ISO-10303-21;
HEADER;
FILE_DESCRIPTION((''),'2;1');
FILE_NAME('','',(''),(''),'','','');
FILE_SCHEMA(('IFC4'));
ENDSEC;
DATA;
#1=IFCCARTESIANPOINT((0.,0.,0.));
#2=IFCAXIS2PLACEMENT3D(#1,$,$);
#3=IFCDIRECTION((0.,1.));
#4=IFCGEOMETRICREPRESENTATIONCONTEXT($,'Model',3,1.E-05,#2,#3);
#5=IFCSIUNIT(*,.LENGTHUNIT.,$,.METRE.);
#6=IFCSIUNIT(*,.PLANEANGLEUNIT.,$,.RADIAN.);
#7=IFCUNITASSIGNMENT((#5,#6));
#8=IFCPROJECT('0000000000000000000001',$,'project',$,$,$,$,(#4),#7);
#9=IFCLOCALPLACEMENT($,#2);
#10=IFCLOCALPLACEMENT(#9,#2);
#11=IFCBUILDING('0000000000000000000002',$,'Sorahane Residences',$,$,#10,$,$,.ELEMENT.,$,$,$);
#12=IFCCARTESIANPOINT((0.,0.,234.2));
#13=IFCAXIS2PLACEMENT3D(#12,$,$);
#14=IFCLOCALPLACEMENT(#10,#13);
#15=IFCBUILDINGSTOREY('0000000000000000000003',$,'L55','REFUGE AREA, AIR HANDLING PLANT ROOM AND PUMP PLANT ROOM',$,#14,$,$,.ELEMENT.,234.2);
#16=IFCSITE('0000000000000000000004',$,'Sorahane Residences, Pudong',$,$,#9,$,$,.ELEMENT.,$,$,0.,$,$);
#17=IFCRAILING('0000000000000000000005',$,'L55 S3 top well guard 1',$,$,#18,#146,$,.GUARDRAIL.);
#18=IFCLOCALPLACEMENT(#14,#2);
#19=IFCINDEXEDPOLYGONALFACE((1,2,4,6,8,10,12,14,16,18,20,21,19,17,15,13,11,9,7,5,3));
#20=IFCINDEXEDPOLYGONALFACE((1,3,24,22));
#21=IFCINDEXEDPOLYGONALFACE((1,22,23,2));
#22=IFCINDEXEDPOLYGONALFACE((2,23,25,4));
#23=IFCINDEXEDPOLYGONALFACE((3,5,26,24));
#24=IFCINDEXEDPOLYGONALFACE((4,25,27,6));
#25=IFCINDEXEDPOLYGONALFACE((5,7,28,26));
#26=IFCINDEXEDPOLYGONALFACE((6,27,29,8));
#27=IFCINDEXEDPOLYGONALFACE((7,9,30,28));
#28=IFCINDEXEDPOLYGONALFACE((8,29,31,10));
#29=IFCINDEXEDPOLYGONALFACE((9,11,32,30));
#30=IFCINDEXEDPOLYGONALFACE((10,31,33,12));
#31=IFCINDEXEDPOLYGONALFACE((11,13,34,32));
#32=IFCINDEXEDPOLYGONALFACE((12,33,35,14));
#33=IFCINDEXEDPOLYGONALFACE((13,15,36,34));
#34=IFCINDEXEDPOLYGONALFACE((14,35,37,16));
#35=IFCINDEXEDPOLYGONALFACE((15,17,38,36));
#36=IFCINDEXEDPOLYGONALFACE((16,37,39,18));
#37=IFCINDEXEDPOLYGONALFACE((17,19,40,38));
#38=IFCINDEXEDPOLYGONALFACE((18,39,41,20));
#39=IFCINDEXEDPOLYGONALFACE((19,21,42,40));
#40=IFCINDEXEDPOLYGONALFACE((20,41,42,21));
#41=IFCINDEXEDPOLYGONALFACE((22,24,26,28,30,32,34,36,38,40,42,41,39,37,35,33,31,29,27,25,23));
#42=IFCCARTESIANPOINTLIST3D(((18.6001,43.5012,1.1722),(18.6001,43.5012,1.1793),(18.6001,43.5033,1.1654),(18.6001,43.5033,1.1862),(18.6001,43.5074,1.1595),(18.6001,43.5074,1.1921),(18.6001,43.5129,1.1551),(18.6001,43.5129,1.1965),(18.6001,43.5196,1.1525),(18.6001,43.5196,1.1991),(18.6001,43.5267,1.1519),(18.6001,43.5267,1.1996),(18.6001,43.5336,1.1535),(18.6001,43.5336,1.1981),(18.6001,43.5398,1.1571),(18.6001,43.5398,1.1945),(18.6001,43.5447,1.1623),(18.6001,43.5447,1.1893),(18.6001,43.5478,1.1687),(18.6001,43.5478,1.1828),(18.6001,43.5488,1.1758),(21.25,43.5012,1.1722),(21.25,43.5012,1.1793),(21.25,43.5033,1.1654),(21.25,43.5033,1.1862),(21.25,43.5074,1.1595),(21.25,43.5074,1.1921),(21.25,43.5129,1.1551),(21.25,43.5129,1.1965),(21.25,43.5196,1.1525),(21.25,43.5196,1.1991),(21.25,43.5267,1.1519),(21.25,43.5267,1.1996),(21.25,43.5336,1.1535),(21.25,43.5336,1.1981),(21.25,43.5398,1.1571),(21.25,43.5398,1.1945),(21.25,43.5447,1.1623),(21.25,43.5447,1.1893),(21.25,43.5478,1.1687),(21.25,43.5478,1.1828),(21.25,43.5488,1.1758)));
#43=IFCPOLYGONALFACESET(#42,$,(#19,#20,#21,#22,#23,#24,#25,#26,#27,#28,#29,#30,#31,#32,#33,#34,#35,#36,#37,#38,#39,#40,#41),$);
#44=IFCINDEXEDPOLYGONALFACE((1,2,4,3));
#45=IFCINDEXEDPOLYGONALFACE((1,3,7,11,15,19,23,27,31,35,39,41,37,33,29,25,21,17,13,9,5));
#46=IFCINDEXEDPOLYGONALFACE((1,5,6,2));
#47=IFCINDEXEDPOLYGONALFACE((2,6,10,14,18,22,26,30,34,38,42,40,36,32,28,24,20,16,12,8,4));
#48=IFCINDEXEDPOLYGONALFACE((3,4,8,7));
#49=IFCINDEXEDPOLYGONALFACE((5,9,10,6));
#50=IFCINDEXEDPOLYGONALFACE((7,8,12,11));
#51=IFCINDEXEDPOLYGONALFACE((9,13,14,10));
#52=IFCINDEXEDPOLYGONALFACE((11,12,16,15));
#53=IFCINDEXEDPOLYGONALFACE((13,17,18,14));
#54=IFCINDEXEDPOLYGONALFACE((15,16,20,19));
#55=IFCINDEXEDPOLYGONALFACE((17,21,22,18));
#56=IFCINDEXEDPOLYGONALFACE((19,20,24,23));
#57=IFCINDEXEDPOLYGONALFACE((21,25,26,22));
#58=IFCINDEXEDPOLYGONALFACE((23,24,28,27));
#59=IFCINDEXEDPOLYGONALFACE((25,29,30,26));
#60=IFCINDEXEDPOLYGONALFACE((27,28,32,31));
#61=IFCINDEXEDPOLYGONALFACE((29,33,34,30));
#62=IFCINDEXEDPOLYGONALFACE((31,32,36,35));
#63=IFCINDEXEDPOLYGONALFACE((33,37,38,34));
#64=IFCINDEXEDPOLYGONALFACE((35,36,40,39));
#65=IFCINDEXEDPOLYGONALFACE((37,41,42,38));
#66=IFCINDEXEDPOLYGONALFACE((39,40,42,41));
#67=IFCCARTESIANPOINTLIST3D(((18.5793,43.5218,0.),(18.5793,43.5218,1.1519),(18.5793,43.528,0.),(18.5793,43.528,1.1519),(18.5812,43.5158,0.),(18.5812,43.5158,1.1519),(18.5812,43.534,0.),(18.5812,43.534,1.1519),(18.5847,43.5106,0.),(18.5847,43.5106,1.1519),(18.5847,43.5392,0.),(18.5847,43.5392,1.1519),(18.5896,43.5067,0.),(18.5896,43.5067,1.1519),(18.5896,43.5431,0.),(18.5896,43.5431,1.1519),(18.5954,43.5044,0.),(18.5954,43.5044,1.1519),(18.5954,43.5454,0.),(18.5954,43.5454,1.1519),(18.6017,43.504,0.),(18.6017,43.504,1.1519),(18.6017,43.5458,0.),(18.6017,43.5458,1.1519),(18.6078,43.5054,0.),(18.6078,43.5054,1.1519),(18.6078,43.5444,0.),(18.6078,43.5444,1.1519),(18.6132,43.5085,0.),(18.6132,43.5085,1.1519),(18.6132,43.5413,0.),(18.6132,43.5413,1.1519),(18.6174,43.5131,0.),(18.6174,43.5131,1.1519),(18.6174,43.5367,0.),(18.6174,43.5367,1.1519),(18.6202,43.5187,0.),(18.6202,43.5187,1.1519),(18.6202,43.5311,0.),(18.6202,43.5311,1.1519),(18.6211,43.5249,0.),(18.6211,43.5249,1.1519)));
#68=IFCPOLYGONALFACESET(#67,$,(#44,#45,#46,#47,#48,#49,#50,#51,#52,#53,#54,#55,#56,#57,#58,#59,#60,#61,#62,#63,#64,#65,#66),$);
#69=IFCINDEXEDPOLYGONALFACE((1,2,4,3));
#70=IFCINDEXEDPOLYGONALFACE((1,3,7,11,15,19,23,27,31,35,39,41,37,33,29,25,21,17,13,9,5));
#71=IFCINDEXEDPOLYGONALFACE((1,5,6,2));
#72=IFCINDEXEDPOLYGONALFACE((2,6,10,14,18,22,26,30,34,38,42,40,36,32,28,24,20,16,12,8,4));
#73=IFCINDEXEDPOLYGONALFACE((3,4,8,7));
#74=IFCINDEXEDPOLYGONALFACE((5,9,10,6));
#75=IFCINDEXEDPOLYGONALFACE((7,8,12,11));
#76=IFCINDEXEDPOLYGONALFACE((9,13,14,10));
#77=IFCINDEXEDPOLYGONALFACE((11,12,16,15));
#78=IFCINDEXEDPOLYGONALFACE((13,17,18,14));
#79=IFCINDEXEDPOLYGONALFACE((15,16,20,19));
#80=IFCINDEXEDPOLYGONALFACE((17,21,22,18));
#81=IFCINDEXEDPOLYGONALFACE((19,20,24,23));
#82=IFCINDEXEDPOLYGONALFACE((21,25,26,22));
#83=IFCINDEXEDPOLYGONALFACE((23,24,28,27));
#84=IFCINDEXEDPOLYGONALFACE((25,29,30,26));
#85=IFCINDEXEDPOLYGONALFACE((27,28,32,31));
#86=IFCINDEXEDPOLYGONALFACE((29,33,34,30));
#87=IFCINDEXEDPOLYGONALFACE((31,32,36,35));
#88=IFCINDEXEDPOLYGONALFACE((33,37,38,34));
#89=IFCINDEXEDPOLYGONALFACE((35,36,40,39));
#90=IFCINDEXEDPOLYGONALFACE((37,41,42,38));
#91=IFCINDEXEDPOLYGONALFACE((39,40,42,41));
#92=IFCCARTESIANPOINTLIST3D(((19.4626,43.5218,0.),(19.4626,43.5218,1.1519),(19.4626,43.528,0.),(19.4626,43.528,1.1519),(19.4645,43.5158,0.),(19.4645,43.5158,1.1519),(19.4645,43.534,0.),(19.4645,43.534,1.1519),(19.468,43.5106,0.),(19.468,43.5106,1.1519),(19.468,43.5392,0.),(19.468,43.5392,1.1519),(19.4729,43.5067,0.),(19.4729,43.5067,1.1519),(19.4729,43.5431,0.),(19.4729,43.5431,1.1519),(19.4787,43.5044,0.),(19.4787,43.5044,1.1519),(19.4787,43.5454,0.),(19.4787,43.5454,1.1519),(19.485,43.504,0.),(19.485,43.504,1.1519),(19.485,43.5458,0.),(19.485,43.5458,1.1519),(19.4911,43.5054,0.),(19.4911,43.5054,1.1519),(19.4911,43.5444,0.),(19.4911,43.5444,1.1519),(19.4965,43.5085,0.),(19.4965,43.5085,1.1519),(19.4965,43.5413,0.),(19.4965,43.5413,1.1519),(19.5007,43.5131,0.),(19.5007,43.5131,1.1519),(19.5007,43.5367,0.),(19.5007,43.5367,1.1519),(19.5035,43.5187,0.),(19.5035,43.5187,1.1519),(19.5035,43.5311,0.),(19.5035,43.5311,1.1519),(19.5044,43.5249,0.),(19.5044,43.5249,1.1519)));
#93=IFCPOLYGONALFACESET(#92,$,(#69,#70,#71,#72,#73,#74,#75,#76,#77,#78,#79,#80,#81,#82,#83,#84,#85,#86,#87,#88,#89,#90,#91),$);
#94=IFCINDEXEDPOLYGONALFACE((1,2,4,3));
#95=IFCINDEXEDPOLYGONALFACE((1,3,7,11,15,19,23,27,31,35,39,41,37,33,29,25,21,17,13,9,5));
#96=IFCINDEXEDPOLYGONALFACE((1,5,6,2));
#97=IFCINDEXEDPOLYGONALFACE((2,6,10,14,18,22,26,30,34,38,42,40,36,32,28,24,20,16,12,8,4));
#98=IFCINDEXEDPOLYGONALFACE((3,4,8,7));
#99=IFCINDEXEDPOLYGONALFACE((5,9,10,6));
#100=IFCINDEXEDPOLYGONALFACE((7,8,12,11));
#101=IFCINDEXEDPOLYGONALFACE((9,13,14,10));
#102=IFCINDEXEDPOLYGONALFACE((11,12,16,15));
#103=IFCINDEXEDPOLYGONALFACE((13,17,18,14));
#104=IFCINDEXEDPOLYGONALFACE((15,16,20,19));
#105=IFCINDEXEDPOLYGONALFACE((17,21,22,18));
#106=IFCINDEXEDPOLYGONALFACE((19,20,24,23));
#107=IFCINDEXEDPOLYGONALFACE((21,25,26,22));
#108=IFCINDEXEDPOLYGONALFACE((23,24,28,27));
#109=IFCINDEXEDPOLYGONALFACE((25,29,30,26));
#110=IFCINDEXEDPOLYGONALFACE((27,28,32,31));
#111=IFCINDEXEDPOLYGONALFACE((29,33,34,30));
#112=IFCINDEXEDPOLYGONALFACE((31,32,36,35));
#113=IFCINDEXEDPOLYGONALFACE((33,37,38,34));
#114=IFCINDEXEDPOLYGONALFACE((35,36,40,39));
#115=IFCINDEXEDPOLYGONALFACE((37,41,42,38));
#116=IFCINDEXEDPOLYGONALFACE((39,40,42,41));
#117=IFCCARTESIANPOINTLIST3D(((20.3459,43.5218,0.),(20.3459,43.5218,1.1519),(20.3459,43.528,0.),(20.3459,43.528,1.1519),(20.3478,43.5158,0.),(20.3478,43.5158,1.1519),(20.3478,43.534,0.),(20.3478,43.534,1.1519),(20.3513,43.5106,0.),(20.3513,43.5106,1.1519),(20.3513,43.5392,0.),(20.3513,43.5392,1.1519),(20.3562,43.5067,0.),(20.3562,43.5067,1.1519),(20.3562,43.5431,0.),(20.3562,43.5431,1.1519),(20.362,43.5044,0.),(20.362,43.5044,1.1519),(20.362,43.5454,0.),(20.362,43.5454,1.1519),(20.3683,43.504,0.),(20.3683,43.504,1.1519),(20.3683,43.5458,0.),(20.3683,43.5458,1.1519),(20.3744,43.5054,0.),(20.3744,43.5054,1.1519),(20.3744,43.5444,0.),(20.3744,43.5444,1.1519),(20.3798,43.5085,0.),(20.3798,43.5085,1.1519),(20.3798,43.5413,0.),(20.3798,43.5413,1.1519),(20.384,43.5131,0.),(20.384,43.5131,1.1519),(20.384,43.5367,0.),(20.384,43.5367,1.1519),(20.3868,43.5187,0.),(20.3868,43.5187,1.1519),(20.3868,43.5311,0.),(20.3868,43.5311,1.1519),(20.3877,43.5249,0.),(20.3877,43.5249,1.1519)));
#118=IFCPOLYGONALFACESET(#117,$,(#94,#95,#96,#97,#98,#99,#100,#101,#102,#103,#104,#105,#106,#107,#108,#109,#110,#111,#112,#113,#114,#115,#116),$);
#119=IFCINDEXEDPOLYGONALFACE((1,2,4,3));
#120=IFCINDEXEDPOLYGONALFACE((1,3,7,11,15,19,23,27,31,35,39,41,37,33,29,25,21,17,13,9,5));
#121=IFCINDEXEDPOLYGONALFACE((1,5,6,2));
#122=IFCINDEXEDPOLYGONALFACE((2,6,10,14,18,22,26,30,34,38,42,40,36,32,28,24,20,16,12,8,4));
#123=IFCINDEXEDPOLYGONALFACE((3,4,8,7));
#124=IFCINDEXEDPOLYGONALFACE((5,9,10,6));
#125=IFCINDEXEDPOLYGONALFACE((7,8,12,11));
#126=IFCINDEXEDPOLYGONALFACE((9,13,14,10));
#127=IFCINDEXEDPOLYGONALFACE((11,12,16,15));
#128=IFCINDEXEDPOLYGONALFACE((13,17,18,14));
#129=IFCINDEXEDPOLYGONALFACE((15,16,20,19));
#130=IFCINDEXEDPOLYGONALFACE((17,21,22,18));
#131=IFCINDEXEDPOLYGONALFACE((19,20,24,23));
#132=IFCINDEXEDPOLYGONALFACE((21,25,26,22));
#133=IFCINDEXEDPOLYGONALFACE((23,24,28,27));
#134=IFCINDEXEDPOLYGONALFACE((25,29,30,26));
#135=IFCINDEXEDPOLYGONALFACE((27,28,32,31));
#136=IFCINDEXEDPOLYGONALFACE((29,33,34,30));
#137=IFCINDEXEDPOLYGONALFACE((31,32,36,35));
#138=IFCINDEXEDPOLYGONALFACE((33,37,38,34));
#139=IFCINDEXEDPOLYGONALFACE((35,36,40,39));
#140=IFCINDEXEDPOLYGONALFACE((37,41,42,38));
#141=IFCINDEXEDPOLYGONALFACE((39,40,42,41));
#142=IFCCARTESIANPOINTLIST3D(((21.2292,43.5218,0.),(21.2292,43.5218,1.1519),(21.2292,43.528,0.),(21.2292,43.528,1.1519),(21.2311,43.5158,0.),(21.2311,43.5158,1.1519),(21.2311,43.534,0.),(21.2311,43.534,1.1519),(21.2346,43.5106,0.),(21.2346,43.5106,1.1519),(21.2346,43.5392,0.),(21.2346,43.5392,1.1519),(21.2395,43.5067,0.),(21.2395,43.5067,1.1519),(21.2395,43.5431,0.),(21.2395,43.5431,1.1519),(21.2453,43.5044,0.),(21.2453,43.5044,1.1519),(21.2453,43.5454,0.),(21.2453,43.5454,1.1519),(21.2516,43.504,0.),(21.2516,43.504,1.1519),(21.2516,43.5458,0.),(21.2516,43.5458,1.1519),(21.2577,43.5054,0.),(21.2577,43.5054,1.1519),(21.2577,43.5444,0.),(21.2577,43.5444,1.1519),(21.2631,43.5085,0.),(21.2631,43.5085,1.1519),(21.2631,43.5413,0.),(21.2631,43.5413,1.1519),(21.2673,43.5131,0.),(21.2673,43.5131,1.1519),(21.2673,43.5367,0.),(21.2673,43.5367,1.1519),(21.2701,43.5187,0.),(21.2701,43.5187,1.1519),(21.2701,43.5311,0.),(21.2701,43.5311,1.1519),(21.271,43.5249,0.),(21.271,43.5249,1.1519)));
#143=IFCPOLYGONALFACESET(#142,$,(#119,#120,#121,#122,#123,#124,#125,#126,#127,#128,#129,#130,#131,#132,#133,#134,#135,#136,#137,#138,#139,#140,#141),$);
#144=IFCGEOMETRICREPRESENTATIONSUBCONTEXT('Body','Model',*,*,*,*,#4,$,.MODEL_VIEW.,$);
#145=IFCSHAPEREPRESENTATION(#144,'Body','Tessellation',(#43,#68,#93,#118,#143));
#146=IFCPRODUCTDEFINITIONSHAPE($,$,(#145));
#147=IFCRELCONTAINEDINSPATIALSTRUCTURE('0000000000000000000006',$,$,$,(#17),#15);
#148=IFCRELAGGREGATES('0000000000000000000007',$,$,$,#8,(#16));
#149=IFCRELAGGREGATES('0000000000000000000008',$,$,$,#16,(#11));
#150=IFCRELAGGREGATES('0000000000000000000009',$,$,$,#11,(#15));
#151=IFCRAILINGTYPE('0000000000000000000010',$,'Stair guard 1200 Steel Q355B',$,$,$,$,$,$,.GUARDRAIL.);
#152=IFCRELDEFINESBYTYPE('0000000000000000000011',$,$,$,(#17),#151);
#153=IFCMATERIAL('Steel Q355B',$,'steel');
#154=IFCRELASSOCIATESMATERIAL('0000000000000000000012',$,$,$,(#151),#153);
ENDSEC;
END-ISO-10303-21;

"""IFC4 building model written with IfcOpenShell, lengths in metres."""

from ifc_helpers import new_model, si_unit, direction, frame, origin, origin_2d, place, context, subcontext, project, spatial, circle, extrude, material, type_object, element, save


model = new_model("IFC4")

# Units and contexts
model_context = context("Model", 3, precision=1e-05, world=origin(), true_north=direction((0.0, 1.0)))
body_context = subcontext(model_context, "Body", "Model", "MODEL_VIEW")
ifc_project = project(units=[si_unit("LENGTHUNIT", "METRE"), si_unit("PLANEANGLEUNIT", "RADIAN")], contexts=[model_context])

# Site, building, storey
site_placement = place(None, origin())
site = spatial("IfcSite", under=ifc_project, at=site_placement, Name="Sorahane Residences, Pudong", CompositionType="ELEMENT", RefElevation=0.0)
building_placement = place(site_placement, origin())
building = spatial("IfcBuilding", under=site, at=building_placement, Name="Sorahane Residences", CompositionType="ELEMENT")
storey_placement = place(building_placement, frame((0.0, 0.0, 234.2)))
storey = spatial("IfcBuildingStorey", under=building, at=storey_placement, Name="L55", Description="REFUGE AREA, AIR HANDLING PLANT ROOM AND PUMP PLANT ROOM", CompositionType="ELEMENT", Elevation=234.2)

# Railing
ifc_material_1 = material(Name="Steel Q355B", Category="steel")
railing_type = type_object("IfcRailingType", Name="Stair guard 1200 Steel Q355B", PredefinedType="GUARDRAIL", material=ifc_material_1)
railing_1_placement = place(storey_placement, frame((18.6001, 43.5249, 0.0)))
element("IfcRailing", 1, at=railing_1_placement, inside=storey, type_object=railing_type, Name="L55 S3 top well guard 1", PredefinedType="GUARDRAIL", context=body_context, shape_type="SweptSolid", body=[
    extrude(circle(Radius=0.0239, at=origin_2d()), frame((0.0, 0.0, 1.1758), z_axis=(1.0, 0.0, 0.0), x_axis=(0.0, 1.0, 0.0)), (0.0, 0.0, 1.0), 2.6499),
    extrude(circle(Radius=0.021, at=origin_2d()), origin(), (0.0, 0.0, 1.0), 1.1519),
    extrude(circle(Radius=0.021, at=origin_2d()), frame((0.8833, 0.0, 0.0)), (0.0, 0.0, 1.0), 1.1519),
    extrude(circle(Radius=0.021, at=origin_2d()), frame((1.7666, 0.0, 0.0)), (0.0, 0.0, 1.0), 1.1519),
    extrude(circle(Radius=0.021, at=origin_2d()), frame((2.6499, 0.0, 0.0)), (0.0, 0.0, 1.0), 1.1519),
])

save(model, "model.ifc")
